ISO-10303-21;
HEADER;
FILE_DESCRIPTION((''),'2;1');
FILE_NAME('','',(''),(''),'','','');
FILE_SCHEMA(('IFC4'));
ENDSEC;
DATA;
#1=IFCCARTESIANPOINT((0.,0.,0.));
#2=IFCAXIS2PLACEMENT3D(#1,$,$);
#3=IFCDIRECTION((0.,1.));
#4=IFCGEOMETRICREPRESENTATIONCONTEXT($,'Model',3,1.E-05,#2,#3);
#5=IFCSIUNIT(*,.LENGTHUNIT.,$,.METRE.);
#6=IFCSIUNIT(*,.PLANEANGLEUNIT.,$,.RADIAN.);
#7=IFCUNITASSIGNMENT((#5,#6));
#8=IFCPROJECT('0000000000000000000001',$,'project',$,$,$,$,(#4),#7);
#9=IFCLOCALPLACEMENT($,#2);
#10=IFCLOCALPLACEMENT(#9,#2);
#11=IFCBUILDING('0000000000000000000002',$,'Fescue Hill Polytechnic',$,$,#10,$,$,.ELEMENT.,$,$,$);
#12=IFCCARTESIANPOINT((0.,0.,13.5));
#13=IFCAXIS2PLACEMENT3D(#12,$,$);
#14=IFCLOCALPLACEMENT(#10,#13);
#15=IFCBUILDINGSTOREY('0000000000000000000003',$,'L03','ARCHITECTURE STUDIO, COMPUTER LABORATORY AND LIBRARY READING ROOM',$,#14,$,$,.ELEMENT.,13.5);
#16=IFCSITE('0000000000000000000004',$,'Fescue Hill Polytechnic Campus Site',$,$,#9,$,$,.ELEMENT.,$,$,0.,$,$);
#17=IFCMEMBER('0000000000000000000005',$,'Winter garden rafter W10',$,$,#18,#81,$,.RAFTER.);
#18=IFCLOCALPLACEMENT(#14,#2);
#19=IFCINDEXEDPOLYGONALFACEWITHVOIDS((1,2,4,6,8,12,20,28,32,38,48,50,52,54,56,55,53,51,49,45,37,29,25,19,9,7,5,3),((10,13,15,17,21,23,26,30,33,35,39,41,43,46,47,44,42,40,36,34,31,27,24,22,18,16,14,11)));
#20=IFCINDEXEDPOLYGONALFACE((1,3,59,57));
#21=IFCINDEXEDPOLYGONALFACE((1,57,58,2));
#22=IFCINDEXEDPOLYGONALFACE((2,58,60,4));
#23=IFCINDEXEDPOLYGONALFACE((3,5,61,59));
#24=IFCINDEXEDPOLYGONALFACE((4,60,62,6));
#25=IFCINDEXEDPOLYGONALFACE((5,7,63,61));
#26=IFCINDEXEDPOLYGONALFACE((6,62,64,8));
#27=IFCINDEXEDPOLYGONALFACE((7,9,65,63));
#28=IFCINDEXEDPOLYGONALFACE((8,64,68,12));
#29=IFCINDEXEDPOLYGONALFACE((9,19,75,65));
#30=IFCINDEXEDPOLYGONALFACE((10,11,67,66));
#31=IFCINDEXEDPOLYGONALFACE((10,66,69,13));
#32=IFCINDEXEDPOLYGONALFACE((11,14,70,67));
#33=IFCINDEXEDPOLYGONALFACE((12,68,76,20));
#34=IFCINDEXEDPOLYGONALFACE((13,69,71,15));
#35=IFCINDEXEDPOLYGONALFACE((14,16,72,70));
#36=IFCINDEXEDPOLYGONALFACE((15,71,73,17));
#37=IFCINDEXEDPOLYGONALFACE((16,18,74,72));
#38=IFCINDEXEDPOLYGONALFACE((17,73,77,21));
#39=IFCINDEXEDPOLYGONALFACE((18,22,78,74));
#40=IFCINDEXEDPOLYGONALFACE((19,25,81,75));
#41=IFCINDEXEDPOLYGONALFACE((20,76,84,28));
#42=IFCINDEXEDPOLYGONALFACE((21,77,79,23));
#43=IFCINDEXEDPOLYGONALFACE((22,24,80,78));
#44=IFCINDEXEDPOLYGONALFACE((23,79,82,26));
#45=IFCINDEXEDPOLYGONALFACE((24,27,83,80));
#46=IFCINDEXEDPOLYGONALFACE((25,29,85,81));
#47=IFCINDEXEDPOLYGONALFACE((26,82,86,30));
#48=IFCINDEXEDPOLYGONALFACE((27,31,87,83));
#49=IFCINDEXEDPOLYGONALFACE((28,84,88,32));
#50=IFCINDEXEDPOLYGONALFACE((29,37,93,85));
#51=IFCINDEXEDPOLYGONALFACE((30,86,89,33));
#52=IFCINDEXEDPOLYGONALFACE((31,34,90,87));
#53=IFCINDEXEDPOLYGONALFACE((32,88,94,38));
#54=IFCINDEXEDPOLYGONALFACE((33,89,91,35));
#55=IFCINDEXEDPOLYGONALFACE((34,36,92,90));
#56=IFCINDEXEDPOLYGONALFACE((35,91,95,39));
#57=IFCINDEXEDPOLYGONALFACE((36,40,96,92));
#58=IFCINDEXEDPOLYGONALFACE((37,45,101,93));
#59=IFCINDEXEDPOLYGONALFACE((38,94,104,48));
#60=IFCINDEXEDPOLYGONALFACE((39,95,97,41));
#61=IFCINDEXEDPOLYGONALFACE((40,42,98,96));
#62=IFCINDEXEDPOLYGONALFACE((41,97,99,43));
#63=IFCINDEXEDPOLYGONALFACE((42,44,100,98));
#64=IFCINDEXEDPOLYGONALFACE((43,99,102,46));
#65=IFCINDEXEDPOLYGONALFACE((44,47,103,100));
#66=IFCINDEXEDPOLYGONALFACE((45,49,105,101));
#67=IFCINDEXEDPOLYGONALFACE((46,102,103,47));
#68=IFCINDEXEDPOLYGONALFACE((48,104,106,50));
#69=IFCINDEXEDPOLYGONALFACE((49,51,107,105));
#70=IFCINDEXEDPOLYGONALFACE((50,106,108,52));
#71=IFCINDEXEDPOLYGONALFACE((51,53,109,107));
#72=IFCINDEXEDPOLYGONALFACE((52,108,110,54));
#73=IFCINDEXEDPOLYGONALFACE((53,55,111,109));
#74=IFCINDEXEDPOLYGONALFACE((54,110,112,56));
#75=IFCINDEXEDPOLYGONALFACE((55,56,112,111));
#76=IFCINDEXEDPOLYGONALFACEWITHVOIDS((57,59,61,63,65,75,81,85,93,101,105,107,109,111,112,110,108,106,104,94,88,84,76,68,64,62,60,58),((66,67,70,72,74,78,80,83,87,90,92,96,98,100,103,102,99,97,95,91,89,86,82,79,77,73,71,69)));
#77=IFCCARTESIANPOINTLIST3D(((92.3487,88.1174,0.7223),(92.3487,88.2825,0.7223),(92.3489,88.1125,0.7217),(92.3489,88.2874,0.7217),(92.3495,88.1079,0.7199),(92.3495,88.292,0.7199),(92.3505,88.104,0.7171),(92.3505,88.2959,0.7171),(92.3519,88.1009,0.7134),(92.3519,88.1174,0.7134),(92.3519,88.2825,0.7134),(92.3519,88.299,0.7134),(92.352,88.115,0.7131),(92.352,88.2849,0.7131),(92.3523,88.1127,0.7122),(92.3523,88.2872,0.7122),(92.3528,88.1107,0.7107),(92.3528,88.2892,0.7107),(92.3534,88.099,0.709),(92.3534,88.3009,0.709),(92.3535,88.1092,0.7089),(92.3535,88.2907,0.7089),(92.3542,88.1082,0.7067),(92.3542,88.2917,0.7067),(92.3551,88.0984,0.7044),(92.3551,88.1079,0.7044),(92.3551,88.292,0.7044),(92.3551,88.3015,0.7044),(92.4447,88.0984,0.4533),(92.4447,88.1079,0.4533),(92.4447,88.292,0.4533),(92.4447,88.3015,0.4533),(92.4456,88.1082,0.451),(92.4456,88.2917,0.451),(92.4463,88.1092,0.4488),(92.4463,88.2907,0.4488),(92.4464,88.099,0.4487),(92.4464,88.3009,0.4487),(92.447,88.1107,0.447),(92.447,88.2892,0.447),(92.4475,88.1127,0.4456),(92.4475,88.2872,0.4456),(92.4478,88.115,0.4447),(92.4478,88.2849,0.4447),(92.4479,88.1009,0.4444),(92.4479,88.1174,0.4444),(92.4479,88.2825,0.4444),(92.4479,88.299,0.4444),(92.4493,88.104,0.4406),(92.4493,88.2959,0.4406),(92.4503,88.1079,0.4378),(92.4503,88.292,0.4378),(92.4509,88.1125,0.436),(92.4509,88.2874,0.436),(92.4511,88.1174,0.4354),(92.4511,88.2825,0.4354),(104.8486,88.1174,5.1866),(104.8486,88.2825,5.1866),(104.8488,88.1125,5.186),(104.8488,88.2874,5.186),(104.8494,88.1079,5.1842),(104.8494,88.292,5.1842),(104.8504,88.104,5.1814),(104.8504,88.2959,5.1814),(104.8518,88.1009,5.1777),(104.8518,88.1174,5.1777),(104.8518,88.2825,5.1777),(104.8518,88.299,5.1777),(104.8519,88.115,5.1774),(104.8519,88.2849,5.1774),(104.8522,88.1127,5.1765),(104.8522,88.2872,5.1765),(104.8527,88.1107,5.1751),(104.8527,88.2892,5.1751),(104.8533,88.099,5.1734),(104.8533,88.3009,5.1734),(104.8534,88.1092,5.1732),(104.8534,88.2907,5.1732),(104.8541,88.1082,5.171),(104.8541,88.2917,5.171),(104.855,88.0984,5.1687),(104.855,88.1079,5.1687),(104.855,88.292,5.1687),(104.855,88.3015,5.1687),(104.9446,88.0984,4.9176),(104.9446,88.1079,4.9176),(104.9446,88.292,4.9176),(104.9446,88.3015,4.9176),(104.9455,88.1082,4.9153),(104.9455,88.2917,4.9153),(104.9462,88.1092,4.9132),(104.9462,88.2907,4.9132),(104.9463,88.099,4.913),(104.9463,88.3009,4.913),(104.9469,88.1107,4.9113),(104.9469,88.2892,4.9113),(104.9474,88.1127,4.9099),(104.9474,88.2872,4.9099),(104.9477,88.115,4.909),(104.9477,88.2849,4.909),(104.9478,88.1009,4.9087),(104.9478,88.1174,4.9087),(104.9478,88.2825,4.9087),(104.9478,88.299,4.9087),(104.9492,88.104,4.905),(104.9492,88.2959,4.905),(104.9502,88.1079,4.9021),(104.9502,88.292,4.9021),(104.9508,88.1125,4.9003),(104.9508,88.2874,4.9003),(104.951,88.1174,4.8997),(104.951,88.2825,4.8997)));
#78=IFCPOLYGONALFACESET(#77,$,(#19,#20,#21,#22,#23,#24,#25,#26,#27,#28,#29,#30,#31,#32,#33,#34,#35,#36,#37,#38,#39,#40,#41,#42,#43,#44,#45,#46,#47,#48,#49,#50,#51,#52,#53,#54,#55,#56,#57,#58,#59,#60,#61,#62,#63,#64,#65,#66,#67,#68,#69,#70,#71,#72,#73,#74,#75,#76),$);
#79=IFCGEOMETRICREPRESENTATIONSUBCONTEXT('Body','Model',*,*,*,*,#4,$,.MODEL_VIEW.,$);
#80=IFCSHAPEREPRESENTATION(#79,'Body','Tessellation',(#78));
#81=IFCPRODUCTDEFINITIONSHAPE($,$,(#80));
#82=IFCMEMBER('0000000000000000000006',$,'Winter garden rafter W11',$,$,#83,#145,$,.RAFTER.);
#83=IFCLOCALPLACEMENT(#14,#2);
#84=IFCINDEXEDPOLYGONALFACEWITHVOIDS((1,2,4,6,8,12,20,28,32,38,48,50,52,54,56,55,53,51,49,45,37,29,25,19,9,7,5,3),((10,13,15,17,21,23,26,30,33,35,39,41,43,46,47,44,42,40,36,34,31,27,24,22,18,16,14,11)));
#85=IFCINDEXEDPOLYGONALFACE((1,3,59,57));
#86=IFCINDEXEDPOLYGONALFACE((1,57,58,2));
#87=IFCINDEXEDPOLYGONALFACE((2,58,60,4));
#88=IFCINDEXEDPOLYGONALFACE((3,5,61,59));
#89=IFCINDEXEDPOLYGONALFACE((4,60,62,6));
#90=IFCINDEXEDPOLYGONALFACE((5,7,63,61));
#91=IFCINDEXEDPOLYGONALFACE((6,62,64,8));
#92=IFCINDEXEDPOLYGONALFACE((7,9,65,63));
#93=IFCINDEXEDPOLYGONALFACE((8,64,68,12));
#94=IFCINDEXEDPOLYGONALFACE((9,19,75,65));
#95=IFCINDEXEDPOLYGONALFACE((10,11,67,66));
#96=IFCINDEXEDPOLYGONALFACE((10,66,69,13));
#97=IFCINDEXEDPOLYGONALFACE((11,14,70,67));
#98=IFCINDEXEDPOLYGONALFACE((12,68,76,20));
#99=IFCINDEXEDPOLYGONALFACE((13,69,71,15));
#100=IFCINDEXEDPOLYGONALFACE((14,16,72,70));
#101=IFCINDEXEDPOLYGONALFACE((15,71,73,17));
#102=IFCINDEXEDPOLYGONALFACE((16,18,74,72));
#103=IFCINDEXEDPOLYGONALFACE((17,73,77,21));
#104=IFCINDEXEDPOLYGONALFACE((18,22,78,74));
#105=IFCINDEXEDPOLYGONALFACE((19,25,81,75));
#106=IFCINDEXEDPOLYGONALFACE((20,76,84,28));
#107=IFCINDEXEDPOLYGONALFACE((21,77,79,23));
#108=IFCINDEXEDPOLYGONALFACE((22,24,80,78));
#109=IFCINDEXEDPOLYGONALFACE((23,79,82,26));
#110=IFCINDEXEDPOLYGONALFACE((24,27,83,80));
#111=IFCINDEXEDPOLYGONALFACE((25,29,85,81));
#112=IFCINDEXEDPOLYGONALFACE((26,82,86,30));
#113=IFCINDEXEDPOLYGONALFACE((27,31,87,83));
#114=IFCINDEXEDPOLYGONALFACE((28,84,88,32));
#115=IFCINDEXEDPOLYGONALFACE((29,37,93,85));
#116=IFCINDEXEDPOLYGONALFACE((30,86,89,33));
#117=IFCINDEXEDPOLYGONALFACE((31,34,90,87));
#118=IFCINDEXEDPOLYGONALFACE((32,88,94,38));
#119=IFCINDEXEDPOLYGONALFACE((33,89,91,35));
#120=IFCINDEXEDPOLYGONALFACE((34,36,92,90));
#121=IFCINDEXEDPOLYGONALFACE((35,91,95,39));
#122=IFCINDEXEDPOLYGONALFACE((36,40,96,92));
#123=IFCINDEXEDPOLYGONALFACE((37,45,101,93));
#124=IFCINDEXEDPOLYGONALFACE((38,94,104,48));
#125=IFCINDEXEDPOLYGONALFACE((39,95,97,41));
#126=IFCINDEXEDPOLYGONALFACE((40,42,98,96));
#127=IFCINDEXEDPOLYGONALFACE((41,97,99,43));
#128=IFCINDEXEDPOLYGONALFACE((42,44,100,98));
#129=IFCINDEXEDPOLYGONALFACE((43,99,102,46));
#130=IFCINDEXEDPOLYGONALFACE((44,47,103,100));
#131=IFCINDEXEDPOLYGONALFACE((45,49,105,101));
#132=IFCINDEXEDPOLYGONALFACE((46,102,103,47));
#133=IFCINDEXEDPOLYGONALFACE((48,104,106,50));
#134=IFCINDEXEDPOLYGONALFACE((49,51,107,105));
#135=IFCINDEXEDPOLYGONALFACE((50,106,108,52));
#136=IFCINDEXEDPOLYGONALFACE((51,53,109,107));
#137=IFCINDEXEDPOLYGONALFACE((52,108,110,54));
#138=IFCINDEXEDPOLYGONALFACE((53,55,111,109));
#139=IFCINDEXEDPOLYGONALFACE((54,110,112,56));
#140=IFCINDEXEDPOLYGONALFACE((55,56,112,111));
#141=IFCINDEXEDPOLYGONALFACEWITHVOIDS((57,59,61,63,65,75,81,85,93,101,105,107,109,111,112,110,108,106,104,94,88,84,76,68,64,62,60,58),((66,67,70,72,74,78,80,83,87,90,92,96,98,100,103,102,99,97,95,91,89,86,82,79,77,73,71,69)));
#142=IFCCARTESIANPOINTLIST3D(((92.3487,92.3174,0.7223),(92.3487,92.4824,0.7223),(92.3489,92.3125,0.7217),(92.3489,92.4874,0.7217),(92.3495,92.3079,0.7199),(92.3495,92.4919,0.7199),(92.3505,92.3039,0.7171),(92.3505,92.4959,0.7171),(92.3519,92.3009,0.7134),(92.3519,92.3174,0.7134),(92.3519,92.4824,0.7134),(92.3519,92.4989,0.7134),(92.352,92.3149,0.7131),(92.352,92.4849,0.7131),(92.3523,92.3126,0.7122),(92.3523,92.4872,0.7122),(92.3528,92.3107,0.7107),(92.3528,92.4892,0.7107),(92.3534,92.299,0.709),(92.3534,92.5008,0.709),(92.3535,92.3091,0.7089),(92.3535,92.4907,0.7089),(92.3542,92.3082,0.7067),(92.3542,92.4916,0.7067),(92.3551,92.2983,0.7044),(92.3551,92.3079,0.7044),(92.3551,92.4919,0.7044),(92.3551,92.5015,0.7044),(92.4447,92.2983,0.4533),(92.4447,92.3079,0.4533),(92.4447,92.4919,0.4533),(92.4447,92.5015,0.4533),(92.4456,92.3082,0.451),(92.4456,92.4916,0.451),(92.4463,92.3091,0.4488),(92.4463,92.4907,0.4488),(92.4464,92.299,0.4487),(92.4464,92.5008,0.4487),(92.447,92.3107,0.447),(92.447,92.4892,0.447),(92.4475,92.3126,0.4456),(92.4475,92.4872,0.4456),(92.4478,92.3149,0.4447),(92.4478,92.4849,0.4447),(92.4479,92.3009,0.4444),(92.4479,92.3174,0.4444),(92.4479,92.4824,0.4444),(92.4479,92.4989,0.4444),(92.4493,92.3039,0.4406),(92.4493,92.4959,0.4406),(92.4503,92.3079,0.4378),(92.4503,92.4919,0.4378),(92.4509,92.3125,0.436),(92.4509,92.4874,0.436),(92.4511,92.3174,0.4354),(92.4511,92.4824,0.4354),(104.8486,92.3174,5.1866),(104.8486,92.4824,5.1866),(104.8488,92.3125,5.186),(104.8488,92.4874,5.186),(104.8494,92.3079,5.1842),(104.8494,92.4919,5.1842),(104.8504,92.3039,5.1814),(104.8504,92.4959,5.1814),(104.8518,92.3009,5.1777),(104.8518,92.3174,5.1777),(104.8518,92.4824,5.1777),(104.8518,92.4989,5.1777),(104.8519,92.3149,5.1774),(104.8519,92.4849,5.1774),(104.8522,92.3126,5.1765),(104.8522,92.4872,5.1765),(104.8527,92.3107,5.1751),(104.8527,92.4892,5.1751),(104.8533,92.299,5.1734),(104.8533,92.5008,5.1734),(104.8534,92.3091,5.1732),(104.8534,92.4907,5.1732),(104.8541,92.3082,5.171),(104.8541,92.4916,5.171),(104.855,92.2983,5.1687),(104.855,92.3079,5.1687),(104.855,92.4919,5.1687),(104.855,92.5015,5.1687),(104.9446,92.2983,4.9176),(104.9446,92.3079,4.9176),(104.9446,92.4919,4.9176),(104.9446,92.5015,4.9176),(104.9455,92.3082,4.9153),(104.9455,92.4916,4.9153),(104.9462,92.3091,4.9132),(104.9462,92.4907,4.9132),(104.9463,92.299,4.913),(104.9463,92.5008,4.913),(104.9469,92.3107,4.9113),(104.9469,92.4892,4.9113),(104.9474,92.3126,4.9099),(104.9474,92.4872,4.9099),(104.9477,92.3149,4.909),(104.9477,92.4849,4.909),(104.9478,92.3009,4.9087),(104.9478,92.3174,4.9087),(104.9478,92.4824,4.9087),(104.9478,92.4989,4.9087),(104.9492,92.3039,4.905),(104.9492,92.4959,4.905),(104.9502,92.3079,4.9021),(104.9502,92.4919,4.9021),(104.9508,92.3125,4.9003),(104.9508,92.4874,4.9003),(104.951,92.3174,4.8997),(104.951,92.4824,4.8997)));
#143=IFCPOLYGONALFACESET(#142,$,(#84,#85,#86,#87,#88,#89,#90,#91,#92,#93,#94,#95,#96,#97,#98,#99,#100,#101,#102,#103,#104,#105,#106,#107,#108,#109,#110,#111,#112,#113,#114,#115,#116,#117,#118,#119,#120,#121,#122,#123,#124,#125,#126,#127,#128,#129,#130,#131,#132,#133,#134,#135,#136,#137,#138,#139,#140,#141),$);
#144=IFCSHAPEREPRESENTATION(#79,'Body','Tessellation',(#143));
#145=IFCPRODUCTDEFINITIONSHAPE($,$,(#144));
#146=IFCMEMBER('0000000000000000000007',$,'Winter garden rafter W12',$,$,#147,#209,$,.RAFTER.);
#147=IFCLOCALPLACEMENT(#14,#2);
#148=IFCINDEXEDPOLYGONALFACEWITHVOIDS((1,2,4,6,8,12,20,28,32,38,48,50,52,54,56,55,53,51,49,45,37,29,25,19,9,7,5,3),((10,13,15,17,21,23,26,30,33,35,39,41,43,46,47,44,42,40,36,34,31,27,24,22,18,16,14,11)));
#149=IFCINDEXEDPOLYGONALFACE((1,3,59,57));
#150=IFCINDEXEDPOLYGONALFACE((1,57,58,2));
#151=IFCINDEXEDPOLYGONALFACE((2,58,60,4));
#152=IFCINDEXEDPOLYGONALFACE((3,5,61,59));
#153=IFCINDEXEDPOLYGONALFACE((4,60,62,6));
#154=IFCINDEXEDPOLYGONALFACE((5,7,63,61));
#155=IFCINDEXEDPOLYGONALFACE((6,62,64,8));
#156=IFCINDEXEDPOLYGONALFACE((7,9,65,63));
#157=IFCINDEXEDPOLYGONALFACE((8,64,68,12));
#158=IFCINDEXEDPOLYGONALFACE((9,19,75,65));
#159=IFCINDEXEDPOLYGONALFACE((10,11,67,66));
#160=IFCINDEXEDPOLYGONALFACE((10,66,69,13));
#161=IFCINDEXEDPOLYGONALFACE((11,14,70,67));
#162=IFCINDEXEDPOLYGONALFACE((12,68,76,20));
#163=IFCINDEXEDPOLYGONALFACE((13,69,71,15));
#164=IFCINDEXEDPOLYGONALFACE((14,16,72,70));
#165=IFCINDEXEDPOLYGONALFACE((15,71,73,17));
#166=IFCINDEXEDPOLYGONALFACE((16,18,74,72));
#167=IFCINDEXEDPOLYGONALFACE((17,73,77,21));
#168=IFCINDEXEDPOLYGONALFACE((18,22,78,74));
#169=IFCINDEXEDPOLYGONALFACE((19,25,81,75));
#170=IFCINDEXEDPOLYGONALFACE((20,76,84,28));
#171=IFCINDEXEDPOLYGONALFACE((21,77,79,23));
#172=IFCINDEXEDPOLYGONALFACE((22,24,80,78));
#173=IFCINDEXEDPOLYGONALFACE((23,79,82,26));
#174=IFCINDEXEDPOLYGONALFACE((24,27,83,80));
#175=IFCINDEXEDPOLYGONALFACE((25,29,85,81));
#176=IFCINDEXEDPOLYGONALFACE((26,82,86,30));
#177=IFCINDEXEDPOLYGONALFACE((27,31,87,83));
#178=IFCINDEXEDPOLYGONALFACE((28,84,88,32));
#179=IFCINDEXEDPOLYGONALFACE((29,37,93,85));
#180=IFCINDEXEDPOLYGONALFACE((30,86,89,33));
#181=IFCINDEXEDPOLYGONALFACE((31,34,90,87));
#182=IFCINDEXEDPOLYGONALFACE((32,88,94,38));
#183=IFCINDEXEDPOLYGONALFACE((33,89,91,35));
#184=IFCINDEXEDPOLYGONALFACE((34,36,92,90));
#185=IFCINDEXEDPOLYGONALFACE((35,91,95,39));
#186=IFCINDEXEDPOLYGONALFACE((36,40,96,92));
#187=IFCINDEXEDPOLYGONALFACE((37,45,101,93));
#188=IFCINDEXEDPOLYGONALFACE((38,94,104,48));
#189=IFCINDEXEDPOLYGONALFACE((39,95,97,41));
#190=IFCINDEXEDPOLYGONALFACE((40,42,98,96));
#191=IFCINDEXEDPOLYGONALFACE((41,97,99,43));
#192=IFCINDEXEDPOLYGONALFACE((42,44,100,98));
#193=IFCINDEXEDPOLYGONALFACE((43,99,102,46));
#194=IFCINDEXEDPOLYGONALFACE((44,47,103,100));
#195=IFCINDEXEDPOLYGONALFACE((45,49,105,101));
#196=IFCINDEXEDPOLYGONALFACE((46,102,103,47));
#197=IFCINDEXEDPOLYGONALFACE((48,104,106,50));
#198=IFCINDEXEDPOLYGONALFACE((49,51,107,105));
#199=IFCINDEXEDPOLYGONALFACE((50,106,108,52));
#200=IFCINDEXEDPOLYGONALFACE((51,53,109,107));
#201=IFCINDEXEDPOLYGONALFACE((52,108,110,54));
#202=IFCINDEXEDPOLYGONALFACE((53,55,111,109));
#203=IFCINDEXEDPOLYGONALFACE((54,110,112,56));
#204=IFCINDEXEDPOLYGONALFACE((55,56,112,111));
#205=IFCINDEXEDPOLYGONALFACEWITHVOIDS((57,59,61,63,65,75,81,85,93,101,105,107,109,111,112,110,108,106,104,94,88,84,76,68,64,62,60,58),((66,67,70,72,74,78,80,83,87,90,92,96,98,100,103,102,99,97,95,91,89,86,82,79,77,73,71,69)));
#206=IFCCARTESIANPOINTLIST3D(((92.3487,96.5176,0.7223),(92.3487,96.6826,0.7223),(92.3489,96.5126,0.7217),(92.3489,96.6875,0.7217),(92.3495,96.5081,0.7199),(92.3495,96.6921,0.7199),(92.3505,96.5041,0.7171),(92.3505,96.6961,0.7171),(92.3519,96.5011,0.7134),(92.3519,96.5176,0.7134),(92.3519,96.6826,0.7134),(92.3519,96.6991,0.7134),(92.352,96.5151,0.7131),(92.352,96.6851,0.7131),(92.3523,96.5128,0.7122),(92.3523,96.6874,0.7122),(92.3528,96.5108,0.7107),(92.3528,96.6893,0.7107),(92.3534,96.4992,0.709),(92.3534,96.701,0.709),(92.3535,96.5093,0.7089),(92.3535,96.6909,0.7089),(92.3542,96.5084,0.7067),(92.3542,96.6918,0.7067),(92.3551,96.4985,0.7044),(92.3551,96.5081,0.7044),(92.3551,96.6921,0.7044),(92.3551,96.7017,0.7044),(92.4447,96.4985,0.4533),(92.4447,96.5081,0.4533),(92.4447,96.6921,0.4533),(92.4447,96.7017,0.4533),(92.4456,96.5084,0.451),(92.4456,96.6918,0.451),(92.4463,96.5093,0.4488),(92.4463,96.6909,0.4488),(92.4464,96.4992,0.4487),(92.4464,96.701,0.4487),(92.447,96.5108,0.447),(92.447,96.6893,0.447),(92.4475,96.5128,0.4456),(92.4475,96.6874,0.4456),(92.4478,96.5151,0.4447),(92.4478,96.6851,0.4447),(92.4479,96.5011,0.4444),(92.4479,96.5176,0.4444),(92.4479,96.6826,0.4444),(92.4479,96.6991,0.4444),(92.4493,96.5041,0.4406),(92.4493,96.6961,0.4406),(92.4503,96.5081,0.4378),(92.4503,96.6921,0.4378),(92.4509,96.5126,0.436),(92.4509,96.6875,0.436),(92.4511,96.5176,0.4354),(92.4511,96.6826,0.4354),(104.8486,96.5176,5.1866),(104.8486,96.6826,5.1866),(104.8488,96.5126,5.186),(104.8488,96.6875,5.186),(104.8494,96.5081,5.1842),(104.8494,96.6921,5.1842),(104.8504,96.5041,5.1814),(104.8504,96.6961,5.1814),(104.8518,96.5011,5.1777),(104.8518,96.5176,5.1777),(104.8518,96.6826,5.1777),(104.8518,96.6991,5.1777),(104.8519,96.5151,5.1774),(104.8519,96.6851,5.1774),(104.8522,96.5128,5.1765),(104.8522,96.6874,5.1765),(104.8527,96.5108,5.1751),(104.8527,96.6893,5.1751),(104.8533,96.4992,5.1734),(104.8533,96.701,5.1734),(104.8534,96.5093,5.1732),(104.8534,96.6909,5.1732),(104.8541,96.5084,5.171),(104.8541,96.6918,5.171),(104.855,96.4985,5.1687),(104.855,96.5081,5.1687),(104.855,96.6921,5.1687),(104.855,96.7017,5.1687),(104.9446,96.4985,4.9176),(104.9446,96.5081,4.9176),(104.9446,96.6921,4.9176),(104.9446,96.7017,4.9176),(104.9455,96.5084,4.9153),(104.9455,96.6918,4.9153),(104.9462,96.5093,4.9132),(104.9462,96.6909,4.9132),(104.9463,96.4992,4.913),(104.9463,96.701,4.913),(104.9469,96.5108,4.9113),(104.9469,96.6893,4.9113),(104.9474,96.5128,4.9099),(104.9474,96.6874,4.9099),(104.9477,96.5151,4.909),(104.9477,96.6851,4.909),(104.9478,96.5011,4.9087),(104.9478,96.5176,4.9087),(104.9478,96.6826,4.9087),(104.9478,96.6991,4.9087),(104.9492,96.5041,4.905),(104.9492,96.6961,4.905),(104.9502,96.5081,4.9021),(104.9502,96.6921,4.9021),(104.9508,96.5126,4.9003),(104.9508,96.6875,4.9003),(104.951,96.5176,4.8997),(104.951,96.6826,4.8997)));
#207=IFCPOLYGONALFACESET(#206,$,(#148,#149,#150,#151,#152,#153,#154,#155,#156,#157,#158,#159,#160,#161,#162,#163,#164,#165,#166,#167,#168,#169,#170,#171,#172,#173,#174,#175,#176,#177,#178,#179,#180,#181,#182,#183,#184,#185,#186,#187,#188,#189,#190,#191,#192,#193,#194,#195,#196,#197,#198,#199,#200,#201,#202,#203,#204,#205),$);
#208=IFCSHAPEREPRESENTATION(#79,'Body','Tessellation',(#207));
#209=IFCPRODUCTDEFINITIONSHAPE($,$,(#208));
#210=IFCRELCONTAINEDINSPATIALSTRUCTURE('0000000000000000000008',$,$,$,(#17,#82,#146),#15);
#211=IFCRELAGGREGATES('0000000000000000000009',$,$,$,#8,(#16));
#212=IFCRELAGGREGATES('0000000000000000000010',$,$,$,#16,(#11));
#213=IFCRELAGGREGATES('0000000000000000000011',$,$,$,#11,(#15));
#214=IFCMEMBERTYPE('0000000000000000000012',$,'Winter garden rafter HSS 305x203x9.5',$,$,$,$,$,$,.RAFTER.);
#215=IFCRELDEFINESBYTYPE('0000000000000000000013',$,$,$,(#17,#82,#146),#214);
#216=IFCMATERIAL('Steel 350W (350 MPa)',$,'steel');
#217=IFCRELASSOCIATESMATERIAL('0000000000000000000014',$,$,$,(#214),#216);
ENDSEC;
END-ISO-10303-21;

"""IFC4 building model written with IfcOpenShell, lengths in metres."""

from ifc_helpers import new_model, si_unit, direction, frame, origin, origin_2d, place, context, subcontext, project, spatial, hollow_rectangle, extrude, material, material_profile, profile_set, type_object, element, save


model = new_model("IFC4")

# Units and contexts
model_context = context("Model", 3, precision=1e-05, world=origin(), true_north=direction((0.0, 1.0)))
body_context = subcontext(model_context, "Body", "Model", "MODEL_VIEW")
ifc_project = project(units=[si_unit("LENGTHUNIT", "METRE"), si_unit("PLANEANGLEUNIT", "RADIAN")], contexts=[model_context])

# Site, building, storey
site_placement = place(None, origin())
site = spatial("IfcSite", under=ifc_project, at=site_placement, Name="Fescue Hill Polytechnic Campus Site", CompositionType="ELEMENT", RefElevation=0.0)
building_placement = place(site_placement, origin())
building = spatial("IfcBuilding", under=site, at=building_placement, Name="Fescue Hill Polytechnic", CompositionType="ELEMENT")
storey_placement = place(building_placement, frame((0.0, 0.0, 13.5)))
storey = spatial("IfcBuildingStorey", under=building, at=storey_placement, Name="L03", Description="ARCHITECTURE STUDIO, COMPUTER LABORATORY AND LIBRARY READING ROOM", CompositionType="ELEMENT", Elevation=13.5)

# Members
ifc_material_1 = material(Name="Steel 350W (350 MPa)", Category="steel")
ifc_material_profile_1 = material_profile(ifc_material_1, hollow_rectangle(XDim=0.2031, YDim=0.3047, WallThickness=0.0095, InnerFilletRadius=0.0095, OuterFilletRadius=0.019, at=origin_2d()), Name="Winter garden rafter HSS 305x203x9.5")
ifc_profile_set_1 = profile_set([ifc_material_profile_1], Name="Steel 350W (350 MPa)")
member_type_1 = type_object("IfcMemberType", Name="Winter garden rafter HSS 305x203x9.5", PredefinedType="RAFTER", material=ifc_profile_set_1)
for number, where, z_axis, x_axis, name in (
    (1, (92.3999, 88.2, 0.5789), (0.94174, 0.0, 0.336341), (0.0, 1.0, 0.0), "Winter garden rafter W10"),
    (2, (92.3999, 92.3999, 0.5789), (0.94174, 0.0, 0.336341), (0.0, 1.0, 0.0), "Winter garden rafter W11"),
    (3, (92.3999, 96.6001, 0.5789), (0.94174, 0.0, 0.336341), (0.0, 1.0, 0.0), "Winter garden rafter W12"),
):
    element("IfcMember", number, at=place(storey_placement, frame(where, z_axis=z_axis, x_axis=x_axis)), inside=storey, type_object=member_type_1, Name=name, PredefinedType="RAFTER", context=body_context, shape_type="SweptSolid", body=[
        extrude(hollow_rectangle(XDim=0.2031, YDim=0.3047, WallThickness=0.0095, InnerFilletRadius=0.0095, OuterFilletRadius=0.019, at=origin_2d()), origin(), (0.0, 0.0, 1.0), 13.2732),
    ])

save(model, "model.ifc")
